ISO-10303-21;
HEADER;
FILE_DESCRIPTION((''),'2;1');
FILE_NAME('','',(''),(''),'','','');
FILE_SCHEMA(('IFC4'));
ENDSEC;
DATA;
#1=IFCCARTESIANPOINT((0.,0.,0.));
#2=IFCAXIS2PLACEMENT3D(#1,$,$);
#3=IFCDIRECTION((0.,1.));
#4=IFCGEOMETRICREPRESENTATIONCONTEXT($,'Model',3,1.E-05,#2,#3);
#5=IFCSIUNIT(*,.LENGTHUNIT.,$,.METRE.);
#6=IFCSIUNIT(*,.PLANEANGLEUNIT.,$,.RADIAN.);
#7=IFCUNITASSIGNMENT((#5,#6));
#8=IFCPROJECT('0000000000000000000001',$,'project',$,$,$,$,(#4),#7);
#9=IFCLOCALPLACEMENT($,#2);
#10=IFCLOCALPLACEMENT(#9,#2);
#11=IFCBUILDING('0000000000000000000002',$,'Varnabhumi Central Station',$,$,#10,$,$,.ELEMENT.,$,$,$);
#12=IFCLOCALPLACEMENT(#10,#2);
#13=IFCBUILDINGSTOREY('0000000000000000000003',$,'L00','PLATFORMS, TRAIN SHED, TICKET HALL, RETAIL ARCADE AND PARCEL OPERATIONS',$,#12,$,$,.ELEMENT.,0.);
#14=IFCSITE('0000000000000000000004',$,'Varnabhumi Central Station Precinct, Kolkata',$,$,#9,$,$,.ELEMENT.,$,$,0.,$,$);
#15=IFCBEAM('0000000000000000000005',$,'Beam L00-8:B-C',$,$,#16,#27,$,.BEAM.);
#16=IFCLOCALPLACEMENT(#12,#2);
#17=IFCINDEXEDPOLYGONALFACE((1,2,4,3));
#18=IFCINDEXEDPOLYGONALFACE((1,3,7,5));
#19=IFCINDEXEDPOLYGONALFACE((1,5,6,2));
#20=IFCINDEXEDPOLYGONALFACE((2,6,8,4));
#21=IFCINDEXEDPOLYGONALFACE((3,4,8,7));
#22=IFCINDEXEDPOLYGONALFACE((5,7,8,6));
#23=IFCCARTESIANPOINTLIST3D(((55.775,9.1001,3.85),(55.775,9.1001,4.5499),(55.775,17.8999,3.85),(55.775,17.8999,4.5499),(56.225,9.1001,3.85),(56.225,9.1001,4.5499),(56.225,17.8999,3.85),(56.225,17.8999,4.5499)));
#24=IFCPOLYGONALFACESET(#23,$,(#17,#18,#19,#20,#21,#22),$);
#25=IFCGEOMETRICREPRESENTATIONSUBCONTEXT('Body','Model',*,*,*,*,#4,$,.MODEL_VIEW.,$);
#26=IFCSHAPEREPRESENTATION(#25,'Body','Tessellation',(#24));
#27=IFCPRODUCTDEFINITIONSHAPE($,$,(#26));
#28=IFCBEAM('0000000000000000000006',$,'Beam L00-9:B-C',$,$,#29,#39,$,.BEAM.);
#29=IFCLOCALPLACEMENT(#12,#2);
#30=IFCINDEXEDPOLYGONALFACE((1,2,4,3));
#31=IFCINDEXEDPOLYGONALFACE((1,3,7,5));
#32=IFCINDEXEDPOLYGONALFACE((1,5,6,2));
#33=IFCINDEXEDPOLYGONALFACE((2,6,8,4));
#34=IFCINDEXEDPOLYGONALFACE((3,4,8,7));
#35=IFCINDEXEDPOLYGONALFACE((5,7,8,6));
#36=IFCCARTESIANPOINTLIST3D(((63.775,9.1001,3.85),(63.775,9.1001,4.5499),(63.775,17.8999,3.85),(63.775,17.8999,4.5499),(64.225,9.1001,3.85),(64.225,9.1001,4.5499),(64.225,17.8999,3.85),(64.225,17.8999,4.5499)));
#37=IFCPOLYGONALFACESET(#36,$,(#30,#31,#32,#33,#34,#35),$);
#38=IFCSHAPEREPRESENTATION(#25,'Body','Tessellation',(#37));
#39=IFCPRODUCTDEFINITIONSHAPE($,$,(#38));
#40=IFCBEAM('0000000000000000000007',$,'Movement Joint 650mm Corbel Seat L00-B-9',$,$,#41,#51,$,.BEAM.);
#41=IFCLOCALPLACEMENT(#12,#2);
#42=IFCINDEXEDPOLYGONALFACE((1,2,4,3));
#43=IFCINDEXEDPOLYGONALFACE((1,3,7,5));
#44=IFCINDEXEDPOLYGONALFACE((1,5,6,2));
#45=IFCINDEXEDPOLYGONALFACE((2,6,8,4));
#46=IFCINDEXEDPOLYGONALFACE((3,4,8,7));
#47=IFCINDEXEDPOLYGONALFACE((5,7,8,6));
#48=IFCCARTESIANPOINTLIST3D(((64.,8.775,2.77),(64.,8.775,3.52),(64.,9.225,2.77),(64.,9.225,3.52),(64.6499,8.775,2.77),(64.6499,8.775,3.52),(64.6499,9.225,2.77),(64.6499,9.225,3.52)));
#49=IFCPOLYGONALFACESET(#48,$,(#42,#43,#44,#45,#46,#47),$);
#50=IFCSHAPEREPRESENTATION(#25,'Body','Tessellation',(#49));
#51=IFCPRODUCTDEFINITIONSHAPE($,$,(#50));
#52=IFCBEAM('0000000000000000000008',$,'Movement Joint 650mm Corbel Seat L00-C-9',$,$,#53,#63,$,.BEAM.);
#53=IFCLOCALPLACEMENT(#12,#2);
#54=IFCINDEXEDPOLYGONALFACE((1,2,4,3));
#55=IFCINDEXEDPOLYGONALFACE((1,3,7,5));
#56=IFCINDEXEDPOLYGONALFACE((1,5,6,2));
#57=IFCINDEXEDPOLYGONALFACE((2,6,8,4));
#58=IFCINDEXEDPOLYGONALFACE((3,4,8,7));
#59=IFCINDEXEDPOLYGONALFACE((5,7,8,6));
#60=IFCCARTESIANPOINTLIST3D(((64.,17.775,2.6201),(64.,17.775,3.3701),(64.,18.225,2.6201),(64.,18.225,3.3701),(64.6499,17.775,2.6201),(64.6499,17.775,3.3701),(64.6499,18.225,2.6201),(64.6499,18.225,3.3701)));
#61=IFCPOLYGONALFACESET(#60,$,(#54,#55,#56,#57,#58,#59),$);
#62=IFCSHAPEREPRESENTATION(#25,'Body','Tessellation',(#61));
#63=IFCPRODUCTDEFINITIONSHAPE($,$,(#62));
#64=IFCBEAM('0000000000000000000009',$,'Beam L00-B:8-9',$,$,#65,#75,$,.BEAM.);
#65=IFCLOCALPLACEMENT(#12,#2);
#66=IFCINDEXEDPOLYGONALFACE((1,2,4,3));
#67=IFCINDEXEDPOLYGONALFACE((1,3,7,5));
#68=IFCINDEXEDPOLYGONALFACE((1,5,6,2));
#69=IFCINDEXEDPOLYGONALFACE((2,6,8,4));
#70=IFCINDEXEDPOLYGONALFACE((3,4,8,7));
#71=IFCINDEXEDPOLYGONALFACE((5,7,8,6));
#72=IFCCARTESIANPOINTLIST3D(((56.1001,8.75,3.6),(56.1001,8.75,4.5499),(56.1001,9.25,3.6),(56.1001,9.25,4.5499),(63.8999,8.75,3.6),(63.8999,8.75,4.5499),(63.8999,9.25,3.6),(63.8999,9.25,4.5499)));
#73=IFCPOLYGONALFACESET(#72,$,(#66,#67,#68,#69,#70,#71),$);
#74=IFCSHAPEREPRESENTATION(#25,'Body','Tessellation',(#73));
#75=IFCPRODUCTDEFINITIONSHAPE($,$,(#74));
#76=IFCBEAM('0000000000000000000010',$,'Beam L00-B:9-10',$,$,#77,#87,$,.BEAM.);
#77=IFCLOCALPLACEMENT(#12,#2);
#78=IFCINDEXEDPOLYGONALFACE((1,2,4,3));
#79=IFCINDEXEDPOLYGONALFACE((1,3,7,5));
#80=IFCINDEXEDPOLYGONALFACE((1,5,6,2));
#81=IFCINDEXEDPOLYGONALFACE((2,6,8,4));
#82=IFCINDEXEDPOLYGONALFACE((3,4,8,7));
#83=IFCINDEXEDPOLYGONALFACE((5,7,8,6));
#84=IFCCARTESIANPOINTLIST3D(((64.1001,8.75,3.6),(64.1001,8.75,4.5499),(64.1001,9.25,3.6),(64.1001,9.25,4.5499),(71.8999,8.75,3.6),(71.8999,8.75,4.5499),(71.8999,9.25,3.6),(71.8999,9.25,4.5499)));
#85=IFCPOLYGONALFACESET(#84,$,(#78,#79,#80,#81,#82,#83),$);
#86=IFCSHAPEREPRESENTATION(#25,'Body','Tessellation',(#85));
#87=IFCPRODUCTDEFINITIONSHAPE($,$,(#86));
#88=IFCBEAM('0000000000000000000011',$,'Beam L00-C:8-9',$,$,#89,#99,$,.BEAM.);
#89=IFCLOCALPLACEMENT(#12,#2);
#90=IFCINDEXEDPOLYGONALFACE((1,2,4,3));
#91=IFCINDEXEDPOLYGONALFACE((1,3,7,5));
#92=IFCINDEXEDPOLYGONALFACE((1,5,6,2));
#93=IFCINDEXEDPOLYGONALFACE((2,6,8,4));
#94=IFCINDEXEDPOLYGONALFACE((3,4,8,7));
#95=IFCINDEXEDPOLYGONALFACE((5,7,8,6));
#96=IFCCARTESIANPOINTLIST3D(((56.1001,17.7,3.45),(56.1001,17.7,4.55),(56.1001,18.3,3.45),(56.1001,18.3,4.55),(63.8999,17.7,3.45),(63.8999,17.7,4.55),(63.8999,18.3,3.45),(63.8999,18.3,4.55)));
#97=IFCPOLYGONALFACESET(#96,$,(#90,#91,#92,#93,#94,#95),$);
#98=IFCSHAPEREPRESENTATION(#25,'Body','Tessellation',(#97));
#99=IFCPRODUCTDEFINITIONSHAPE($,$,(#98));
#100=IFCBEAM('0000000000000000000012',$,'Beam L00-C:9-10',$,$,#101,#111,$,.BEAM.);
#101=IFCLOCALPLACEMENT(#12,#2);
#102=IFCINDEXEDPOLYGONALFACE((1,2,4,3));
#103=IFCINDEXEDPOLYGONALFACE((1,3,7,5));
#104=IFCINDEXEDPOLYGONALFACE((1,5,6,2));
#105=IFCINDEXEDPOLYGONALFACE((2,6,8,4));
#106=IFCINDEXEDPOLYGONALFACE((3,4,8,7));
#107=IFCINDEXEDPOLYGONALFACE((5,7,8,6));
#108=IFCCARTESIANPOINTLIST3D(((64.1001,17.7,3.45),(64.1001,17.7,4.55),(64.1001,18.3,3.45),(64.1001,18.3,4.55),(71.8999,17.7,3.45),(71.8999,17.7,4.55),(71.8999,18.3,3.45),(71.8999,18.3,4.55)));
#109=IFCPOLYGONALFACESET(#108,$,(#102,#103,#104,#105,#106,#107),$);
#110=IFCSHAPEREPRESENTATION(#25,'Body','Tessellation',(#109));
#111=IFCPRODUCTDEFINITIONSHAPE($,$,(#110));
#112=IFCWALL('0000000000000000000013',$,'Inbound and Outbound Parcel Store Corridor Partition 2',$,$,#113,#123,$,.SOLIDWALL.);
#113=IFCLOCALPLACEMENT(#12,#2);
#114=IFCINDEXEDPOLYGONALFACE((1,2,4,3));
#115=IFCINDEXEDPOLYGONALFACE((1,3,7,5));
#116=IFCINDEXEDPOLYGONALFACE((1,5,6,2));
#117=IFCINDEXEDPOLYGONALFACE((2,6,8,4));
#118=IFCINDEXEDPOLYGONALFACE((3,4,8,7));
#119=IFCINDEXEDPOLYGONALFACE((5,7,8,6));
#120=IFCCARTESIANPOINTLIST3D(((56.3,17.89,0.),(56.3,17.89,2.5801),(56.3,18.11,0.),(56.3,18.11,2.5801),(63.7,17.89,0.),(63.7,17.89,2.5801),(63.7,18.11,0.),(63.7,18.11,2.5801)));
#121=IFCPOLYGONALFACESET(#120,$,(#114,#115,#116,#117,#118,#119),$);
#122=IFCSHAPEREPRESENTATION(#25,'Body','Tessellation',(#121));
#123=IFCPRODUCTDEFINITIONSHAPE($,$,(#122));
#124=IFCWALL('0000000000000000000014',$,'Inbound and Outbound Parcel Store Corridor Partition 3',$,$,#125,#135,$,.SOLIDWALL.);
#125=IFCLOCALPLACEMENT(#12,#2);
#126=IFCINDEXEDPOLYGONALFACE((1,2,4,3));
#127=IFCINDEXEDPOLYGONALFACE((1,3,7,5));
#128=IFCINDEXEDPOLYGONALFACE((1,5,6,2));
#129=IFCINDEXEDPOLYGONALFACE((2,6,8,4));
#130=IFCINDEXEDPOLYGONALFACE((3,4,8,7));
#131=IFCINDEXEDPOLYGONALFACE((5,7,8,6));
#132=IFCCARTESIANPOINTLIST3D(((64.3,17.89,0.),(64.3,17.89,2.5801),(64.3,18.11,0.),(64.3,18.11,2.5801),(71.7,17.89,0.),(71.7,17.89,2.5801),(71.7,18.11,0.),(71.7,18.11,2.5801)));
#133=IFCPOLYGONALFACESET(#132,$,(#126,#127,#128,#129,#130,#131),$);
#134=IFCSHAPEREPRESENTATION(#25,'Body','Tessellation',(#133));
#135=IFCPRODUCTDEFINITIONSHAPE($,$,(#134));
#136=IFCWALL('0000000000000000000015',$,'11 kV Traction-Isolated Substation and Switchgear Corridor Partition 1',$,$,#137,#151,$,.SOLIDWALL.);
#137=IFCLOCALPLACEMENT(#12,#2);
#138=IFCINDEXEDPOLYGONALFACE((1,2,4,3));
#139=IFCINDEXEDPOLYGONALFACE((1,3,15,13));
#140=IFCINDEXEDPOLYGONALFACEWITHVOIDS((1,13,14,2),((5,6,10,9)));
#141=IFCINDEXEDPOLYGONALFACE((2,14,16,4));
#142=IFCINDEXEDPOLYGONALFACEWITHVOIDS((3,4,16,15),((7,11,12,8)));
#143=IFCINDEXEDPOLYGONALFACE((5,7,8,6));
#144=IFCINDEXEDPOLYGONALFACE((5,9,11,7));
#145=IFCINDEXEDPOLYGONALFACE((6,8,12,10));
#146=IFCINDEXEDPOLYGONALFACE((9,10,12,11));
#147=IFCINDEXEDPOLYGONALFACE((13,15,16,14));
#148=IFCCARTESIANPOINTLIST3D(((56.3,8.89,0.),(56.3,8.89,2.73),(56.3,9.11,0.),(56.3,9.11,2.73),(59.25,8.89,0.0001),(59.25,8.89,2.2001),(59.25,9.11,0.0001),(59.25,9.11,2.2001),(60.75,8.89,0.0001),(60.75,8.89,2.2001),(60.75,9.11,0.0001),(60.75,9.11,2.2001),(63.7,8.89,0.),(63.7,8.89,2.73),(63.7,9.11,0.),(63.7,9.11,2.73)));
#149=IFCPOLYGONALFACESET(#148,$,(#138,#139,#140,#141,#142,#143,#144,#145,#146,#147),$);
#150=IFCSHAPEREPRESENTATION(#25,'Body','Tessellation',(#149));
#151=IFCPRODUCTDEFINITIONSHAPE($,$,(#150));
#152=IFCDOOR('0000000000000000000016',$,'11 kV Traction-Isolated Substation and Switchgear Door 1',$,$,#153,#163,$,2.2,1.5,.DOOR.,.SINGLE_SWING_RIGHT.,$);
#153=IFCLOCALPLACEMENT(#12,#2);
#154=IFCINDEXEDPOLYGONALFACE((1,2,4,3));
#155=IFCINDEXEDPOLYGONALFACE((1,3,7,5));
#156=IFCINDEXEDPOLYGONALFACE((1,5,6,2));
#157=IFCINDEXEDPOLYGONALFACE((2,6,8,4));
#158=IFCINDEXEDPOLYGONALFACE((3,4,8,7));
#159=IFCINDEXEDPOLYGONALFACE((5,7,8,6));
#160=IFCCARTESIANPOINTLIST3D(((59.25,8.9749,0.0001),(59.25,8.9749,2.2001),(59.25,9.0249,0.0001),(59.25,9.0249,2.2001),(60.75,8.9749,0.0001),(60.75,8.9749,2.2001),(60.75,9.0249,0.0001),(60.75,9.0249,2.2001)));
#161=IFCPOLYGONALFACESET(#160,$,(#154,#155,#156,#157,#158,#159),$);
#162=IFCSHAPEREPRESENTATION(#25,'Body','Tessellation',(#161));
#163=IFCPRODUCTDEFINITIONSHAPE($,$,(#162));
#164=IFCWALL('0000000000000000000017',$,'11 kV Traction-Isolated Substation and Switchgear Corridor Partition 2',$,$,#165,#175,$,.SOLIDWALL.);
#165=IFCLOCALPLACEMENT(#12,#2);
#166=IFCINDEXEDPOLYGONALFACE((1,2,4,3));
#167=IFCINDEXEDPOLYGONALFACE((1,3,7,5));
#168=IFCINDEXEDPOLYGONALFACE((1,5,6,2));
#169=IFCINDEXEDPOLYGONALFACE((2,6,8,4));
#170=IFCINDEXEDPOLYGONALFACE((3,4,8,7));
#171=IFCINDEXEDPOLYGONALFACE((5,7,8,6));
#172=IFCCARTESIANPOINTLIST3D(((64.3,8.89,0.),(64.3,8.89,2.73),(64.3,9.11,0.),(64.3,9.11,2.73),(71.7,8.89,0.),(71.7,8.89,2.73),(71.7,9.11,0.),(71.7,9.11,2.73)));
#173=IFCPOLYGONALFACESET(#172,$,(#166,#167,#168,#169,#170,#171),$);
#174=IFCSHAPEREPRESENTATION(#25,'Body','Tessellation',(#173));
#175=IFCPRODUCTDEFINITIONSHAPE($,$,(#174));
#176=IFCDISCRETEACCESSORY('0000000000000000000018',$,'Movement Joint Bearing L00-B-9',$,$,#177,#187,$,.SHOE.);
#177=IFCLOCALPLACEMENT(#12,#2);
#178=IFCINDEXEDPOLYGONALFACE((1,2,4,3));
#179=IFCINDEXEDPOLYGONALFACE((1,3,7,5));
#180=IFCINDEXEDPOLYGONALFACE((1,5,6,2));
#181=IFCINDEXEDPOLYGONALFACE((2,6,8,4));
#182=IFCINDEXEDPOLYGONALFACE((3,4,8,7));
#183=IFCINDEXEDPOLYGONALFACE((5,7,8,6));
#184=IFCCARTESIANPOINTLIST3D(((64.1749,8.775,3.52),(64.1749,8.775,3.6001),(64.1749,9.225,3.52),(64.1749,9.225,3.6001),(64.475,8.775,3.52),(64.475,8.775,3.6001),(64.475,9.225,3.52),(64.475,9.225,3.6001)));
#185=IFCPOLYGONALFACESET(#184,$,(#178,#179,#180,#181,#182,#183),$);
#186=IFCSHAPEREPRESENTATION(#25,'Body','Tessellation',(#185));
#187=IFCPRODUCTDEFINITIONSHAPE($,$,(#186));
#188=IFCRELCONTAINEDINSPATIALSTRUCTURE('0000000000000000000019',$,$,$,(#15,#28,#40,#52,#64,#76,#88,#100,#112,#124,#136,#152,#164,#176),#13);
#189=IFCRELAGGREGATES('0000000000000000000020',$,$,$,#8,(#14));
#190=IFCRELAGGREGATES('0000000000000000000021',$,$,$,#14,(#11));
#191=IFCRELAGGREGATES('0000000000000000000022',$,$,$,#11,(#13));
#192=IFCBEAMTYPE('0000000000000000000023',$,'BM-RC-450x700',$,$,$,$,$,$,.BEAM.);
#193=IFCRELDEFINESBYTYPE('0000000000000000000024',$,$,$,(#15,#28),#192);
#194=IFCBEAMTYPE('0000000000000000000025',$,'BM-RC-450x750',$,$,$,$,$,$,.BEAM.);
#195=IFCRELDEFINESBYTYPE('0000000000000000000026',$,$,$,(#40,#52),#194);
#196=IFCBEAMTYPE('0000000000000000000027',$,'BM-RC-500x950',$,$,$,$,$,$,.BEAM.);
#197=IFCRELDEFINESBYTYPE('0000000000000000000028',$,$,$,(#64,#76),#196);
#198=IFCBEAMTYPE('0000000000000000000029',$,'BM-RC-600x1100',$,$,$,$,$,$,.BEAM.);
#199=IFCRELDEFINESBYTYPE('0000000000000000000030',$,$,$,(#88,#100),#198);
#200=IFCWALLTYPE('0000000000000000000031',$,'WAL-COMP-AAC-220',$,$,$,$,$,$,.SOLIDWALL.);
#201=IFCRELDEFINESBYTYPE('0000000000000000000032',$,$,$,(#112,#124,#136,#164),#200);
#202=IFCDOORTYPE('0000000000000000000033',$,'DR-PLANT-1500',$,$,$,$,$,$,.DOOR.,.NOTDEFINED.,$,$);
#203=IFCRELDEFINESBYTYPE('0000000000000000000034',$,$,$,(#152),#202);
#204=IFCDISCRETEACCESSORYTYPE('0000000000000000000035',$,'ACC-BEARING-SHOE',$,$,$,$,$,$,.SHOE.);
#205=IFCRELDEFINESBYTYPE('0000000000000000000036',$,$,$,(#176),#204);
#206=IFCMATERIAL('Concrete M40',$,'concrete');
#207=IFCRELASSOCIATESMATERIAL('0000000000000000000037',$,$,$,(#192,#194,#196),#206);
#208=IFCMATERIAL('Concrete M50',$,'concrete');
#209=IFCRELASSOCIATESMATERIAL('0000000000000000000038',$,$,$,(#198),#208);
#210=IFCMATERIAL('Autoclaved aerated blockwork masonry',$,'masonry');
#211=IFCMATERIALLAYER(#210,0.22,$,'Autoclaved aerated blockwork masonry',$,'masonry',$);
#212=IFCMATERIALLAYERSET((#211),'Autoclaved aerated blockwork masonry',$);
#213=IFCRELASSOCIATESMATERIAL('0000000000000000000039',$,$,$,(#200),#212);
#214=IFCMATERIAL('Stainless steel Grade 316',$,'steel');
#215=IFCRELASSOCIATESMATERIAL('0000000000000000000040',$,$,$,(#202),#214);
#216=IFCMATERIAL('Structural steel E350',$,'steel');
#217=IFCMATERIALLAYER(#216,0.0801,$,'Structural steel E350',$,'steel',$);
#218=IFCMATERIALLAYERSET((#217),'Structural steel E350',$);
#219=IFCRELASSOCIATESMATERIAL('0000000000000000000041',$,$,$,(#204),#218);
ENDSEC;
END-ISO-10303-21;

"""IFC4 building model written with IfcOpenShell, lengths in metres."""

from ifc_helpers import new_model, si_unit, direction, frame, frame_2d, origin, origin_2d, place, context, subcontext, project, spatial, rectangle, extrude, material, layer, layer_set, material_profile, profile_set, type_object, element, fill, save


model = new_model("IFC4")

# Units and contexts
model_context = context("Model", 3, precision=1e-05, world=origin(), true_north=direction((0.0, 1.0)))
body_context = subcontext(model_context, "Body", "Model", "MODEL_VIEW")
ifc_project = project(units=[si_unit("LENGTHUNIT", "METRE"), si_unit("PLANEANGLEUNIT", "RADIAN")], contexts=[model_context])

# Site, building, storey
site_placement = place(None, origin())
site = spatial("IfcSite", under=ifc_project, at=site_placement, Name="Varnabhumi Central Station Precinct, Kolkata", CompositionType="ELEMENT", RefElevation=0.0)
building_placement = place(site_placement, origin())
building = spatial("IfcBuilding", under=site, at=building_placement, Name="Varnabhumi Central Station", CompositionType="ELEMENT")
storey_placement = place(building_placement, origin())
storey = spatial("IfcBuildingStorey", under=building, at=storey_placement, Name="L00", Description="PLATFORMS, TRAIN SHED, TICKET HALL, RETAIL ARCADE AND PARCEL OPERATIONS", CompositionType="ELEMENT", Elevation=0.0)

# Shared definitions
ifc_material_1 = material(Name="Concrete M40", Category="concrete")

# Beams
ifc_material_profile_1 = material_profile(ifc_material_1, rectangle(XDim=0.45, YDim=0.7, at=origin_2d()), Name="Concrete M40", Category="concrete")
ifc_profile_set_1 = profile_set([ifc_material_profile_1], Name="Concrete M40")
beam_type_1 = type_object("IfcBeamType", Name="BM-RC-450x700", PredefinedType="BEAM", material=ifc_profile_set_1)
for number, where, z_axis, x_axis, name in (
    (1, (56.0, 9.1001, 4.2), (0.0, 1.0, 0.0), (-1.0, 0.0, 0.0), "Beam L00-8:B-C"),
    (2, (64.0, 9.1001, 4.2), (0.0, 1.0, 0.0), (-1.0, 0.0, 0.0), "Beam L00-9:B-C"),
):
    element("IfcBeam", number, at=place(storey_placement, frame(where, z_axis=z_axis, x_axis=x_axis)), inside=storey, type_object=beam_type_1, Name=name, PredefinedType="BEAM", context=body_context, shape_type="SweptSolid", body=[
        extrude(rectangle(XDim=0.45, YDim=0.7, at=origin_2d()), origin(), (0.0, 0.0, 1.0), 8.7998),
    ])
ifc_material_profile_2 = material_profile(ifc_material_1, rectangle(XDim=0.45, YDim=0.75, at=origin_2d()), Name="Concrete M40", Category="concrete")
ifc_profile_set_2 = profile_set([ifc_material_profile_2], Name="Concrete M40")
beam_type_2 = type_object("IfcBeamType", Name="BM-RC-450x750", PredefinedType="BEAM", material=ifc_profile_set_2)
for number, where, z_axis, x_axis, name in (
    (3, (64.0, 9.0, 3.145), (1.0, 0.0, 0.0), (0.0, 1.0, 0.0), "Movement Joint 650mm Corbel Seat L00-B-9"),
    (4, (64.0, 18.0, 2.9951), (1.0, 0.0, 0.0), (0.0, 1.0, 0.0), "Movement Joint 650mm Corbel Seat L00-C-9"),
):
    element("IfcBeam", number, at=place(storey_placement, frame(where, z_axis=z_axis, x_axis=x_axis)), inside=storey, type_object=beam_type_2, Name=name, PredefinedType="BEAM", context=body_context, shape_type="SweptSolid", body=[
        extrude(rectangle(XDim=0.45, YDim=0.75, at=origin_2d()), origin(), (0.0, 0.0, 1.0), 0.6499),
    ])
ifc_material_profile_3 = material_profile(ifc_material_1, rectangle(XDim=0.5, YDim=0.95, at=origin_2d()), Name="Concrete M40", Category="concrete")
ifc_profile_set_3 = profile_set([ifc_material_profile_3], Name="Concrete M40")
beam_type_3 = type_object("IfcBeamType", Name="BM-RC-500x950", PredefinedType="BEAM", material=ifc_profile_set_3)
for number, where, z_axis, x_axis, name in (
    (5, (56.1001, 9.0, 4.075), (1.0, 0.0, 0.0), (0.0, 1.0, 0.0), "Beam L00-B:8-9"),
    (6, (64.1001, 9.0, 4.075), (1.0, 0.0, 0.0), (0.0, 1.0, 0.0), "Beam L00-B:9-10"),
):
    element("IfcBeam", number, at=place(storey_placement, frame(where, z_axis=z_axis, x_axis=x_axis)), inside=storey, type_object=beam_type_3, Name=name, PredefinedType="BEAM", context=body_context, shape_type="SweptSolid", body=[
        extrude(rectangle(XDim=0.5, YDim=0.95, at=origin_2d()), origin(), (0.0, 0.0, 1.0), 7.7998),
    ])
ifc_material_2 = material(Name="Concrete M50", Category="concrete")
ifc_material_profile_4 = material_profile(ifc_material_2, rectangle(XDim=0.6001, YDim=1.1001, at=origin_2d()), Name="Concrete M50", Category="concrete")
ifc_profile_set_4 = profile_set([ifc_material_profile_4], Name="Concrete M50")
beam_type_4 = type_object("IfcBeamType", Name="BM-RC-600x1100", PredefinedType="BEAM", material=ifc_profile_set_4)
for number, where, z_axis, x_axis, name in (
    (7, (56.1001, 18.0, 4.0), (1.0, 0.0, 0.0), (0.0, 1.0, 0.0), "Beam L00-C:8-9"),
    (8, (64.1001, 18.0, 4.0), (1.0, 0.0, 0.0), (0.0, 1.0, 0.0), "Beam L00-C:9-10"),
):
    element("IfcBeam", number, at=place(storey_placement, frame(where, z_axis=z_axis, x_axis=x_axis)), inside=storey, type_object=beam_type_4, Name=name, PredefinedType="BEAM", context=body_context, shape_type="SweptSolid", body=[
        extrude(rectangle(XDim=0.6001, YDim=1.1001, at=origin_2d()), origin(), (0.0, 0.0, 1.0), 7.7998),
    ])

# Walls
ifc_material_3 = material(Name="Autoclaved aerated blockwork masonry", Category="masonry")
ifc_layer_1 = layer(ifc_material_3, 0.22, Name="Autoclaved aerated blockwork masonry", Category="masonry")
ifc_layer_set_1 = layer_set([ifc_layer_1], Name="Autoclaved aerated blockwork masonry")
wall_type = type_object("IfcWallType", Name="WAL-COMP-AAC-220", PredefinedType="SOLIDWALL", material=ifc_layer_set_1)
for number, where, z_axis, x_axis, name in (
    (9, (56.3, 18.0, 0.0), (0.0, 0.0, 1.0), (1.0, 0.0, 0.0), "Inbound and Outbound Parcel Store Corridor Partition 2"),
    (10, (64.3, 18.0, 0.0), (0.0, 0.0, 1.0), (1.0, 0.0, 0.0), "Inbound and Outbound Parcel Store Corridor Partition 3"),
):
    element("IfcWall", number, at=place(storey_placement, frame(where, z_axis=z_axis, x_axis=x_axis)), inside=storey, type_object=wall_type, Name=name, PredefinedType="SOLIDWALL", context=body_context, shape_type="SweptSolid", body=[
        extrude(rectangle(XDim=7.3999, YDim=0.22, at=frame_2d((3.7, 0.0))), origin(), (0.0, 0.0, 1.0), 2.5801),
    ])

# Wall, opening, door
wall_1_placement = place(storey_placement, frame((56.3, 9.0, 0.0), z_axis=(0.0, 0.0, 1.0), x_axis=(1.0, 0.0, 0.0)))
wall_1 = element("IfcWall", 11, at=wall_1_placement, inside=storey, type_object=wall_type, Name="11 kV Traction-Isolated Substation and Switchgear Corridor Partition 1", PredefinedType="SOLIDWALL", context=body_context, shape_type="SweptSolid", body=[
    extrude(rectangle(XDim=7.3999, YDim=0.22, at=frame_2d((3.7, 0.0))), origin(), (0.0, 0.0, 1.0), 2.73),
])
opening_placement = place(wall_1_placement, frame((2.95, 0.0, 0.0)))
opening = element("IfcOpeningElement", 12, at=opening_placement, cuts=wall_1, PredefinedType="OPENING", context=body_context, shape_type="SweptSolid", body=[
    extrude(rectangle(XDim=1.5, YDim=2.2, at=frame_2d((0.75, 1.1001))), frame((0.0, 0.1199, 0.0), z_axis=(0.0, -1.0, 0.0), x_axis=(1.0, 0.0, 0.0)), (0.0, 0.0, 1.0), 0.24),
])
ifc_material_4 = material(Name="Stainless steel Grade 316", Category="steel")
door_type = type_object("IfcDoorType", Name="DR-PLANT-1500", OperationType="NOTDEFINED", PredefinedType="DOOR", material=ifc_material_4)
door_placement = place(opening_placement, origin())
door = element("IfcDoor", 13, at=door_placement, inside=storey, type_object=door_type, Name="11 kV Traction-Isolated Substation and Switchgear Door 1", OperationType="SINGLE_SWING_RIGHT", OverallHeight=2.2, OverallWidth=1.5, PredefinedType="DOOR", context=body_context, shape_type="SweptSolid", body=[
    extrude(rectangle(XDim=1.5, YDim=2.2, at=frame_2d((0.75, 1.1001))), frame((0.0, 0.0249, 0.0), z_axis=(0.0, -1.0, 0.0), x_axis=(1.0, 0.0, 0.0)), (0.0, 0.0, 1.0), 0.05),
])
fill(opening, door)

# Wall
wall_2_placement = place(storey_placement, frame((64.3, 9.0, 0.0), z_axis=(0.0, 0.0, 1.0), x_axis=(1.0, 0.0, 0.0)))
element("IfcWall", 14, at=wall_2_placement, inside=storey, type_object=wall_type, Name="11 kV Traction-Isolated Substation and Switchgear Corridor Partition 2", PredefinedType="SOLIDWALL", context=body_context, shape_type="SweptSolid", body=[
    extrude(rectangle(XDim=7.3999, YDim=0.22, at=frame_2d((3.7, 0.0))), origin(), (0.0, 0.0, 1.0), 2.73),
])

# Discrete accessory
ifc_material_5 = material(Name="Structural steel E350", Category="steel")
ifc_layer_2 = layer(ifc_material_5, 0.0801, Name="Structural steel E350", Category="steel")
ifc_layer_set_2 = layer_set([ifc_layer_2], Name="Structural steel E350")
discrete_accessory_type = type_object("IfcDiscreteAccessoryType", Name="ACC-BEARING-SHOE", PredefinedType="SHOE", material=ifc_layer_set_2)
for number, where, z_axis, x_axis, name in (
    (15, (64.325, 9.0, 3.52), (0.0, 0.0, 1.0), (1.0, 0.0, 0.0), "Movement Joint Bearing L00-B-9"),
):
    element("IfcDiscreteAccessory", number, at=place(storey_placement, frame(where, z_axis=z_axis, x_axis=x_axis)), inside=storey, type_object=discrete_accessory_type, Name=name, PredefinedType="SHOE", context=body_context, shape_type="SweptSolid", body=[
        extrude(rectangle(XDim=0.3, YDim=0.45, at=origin_2d()), origin(), (0.0, 0.0, 1.0), 0.0801),
    ])

save(model, "model.ifc")
